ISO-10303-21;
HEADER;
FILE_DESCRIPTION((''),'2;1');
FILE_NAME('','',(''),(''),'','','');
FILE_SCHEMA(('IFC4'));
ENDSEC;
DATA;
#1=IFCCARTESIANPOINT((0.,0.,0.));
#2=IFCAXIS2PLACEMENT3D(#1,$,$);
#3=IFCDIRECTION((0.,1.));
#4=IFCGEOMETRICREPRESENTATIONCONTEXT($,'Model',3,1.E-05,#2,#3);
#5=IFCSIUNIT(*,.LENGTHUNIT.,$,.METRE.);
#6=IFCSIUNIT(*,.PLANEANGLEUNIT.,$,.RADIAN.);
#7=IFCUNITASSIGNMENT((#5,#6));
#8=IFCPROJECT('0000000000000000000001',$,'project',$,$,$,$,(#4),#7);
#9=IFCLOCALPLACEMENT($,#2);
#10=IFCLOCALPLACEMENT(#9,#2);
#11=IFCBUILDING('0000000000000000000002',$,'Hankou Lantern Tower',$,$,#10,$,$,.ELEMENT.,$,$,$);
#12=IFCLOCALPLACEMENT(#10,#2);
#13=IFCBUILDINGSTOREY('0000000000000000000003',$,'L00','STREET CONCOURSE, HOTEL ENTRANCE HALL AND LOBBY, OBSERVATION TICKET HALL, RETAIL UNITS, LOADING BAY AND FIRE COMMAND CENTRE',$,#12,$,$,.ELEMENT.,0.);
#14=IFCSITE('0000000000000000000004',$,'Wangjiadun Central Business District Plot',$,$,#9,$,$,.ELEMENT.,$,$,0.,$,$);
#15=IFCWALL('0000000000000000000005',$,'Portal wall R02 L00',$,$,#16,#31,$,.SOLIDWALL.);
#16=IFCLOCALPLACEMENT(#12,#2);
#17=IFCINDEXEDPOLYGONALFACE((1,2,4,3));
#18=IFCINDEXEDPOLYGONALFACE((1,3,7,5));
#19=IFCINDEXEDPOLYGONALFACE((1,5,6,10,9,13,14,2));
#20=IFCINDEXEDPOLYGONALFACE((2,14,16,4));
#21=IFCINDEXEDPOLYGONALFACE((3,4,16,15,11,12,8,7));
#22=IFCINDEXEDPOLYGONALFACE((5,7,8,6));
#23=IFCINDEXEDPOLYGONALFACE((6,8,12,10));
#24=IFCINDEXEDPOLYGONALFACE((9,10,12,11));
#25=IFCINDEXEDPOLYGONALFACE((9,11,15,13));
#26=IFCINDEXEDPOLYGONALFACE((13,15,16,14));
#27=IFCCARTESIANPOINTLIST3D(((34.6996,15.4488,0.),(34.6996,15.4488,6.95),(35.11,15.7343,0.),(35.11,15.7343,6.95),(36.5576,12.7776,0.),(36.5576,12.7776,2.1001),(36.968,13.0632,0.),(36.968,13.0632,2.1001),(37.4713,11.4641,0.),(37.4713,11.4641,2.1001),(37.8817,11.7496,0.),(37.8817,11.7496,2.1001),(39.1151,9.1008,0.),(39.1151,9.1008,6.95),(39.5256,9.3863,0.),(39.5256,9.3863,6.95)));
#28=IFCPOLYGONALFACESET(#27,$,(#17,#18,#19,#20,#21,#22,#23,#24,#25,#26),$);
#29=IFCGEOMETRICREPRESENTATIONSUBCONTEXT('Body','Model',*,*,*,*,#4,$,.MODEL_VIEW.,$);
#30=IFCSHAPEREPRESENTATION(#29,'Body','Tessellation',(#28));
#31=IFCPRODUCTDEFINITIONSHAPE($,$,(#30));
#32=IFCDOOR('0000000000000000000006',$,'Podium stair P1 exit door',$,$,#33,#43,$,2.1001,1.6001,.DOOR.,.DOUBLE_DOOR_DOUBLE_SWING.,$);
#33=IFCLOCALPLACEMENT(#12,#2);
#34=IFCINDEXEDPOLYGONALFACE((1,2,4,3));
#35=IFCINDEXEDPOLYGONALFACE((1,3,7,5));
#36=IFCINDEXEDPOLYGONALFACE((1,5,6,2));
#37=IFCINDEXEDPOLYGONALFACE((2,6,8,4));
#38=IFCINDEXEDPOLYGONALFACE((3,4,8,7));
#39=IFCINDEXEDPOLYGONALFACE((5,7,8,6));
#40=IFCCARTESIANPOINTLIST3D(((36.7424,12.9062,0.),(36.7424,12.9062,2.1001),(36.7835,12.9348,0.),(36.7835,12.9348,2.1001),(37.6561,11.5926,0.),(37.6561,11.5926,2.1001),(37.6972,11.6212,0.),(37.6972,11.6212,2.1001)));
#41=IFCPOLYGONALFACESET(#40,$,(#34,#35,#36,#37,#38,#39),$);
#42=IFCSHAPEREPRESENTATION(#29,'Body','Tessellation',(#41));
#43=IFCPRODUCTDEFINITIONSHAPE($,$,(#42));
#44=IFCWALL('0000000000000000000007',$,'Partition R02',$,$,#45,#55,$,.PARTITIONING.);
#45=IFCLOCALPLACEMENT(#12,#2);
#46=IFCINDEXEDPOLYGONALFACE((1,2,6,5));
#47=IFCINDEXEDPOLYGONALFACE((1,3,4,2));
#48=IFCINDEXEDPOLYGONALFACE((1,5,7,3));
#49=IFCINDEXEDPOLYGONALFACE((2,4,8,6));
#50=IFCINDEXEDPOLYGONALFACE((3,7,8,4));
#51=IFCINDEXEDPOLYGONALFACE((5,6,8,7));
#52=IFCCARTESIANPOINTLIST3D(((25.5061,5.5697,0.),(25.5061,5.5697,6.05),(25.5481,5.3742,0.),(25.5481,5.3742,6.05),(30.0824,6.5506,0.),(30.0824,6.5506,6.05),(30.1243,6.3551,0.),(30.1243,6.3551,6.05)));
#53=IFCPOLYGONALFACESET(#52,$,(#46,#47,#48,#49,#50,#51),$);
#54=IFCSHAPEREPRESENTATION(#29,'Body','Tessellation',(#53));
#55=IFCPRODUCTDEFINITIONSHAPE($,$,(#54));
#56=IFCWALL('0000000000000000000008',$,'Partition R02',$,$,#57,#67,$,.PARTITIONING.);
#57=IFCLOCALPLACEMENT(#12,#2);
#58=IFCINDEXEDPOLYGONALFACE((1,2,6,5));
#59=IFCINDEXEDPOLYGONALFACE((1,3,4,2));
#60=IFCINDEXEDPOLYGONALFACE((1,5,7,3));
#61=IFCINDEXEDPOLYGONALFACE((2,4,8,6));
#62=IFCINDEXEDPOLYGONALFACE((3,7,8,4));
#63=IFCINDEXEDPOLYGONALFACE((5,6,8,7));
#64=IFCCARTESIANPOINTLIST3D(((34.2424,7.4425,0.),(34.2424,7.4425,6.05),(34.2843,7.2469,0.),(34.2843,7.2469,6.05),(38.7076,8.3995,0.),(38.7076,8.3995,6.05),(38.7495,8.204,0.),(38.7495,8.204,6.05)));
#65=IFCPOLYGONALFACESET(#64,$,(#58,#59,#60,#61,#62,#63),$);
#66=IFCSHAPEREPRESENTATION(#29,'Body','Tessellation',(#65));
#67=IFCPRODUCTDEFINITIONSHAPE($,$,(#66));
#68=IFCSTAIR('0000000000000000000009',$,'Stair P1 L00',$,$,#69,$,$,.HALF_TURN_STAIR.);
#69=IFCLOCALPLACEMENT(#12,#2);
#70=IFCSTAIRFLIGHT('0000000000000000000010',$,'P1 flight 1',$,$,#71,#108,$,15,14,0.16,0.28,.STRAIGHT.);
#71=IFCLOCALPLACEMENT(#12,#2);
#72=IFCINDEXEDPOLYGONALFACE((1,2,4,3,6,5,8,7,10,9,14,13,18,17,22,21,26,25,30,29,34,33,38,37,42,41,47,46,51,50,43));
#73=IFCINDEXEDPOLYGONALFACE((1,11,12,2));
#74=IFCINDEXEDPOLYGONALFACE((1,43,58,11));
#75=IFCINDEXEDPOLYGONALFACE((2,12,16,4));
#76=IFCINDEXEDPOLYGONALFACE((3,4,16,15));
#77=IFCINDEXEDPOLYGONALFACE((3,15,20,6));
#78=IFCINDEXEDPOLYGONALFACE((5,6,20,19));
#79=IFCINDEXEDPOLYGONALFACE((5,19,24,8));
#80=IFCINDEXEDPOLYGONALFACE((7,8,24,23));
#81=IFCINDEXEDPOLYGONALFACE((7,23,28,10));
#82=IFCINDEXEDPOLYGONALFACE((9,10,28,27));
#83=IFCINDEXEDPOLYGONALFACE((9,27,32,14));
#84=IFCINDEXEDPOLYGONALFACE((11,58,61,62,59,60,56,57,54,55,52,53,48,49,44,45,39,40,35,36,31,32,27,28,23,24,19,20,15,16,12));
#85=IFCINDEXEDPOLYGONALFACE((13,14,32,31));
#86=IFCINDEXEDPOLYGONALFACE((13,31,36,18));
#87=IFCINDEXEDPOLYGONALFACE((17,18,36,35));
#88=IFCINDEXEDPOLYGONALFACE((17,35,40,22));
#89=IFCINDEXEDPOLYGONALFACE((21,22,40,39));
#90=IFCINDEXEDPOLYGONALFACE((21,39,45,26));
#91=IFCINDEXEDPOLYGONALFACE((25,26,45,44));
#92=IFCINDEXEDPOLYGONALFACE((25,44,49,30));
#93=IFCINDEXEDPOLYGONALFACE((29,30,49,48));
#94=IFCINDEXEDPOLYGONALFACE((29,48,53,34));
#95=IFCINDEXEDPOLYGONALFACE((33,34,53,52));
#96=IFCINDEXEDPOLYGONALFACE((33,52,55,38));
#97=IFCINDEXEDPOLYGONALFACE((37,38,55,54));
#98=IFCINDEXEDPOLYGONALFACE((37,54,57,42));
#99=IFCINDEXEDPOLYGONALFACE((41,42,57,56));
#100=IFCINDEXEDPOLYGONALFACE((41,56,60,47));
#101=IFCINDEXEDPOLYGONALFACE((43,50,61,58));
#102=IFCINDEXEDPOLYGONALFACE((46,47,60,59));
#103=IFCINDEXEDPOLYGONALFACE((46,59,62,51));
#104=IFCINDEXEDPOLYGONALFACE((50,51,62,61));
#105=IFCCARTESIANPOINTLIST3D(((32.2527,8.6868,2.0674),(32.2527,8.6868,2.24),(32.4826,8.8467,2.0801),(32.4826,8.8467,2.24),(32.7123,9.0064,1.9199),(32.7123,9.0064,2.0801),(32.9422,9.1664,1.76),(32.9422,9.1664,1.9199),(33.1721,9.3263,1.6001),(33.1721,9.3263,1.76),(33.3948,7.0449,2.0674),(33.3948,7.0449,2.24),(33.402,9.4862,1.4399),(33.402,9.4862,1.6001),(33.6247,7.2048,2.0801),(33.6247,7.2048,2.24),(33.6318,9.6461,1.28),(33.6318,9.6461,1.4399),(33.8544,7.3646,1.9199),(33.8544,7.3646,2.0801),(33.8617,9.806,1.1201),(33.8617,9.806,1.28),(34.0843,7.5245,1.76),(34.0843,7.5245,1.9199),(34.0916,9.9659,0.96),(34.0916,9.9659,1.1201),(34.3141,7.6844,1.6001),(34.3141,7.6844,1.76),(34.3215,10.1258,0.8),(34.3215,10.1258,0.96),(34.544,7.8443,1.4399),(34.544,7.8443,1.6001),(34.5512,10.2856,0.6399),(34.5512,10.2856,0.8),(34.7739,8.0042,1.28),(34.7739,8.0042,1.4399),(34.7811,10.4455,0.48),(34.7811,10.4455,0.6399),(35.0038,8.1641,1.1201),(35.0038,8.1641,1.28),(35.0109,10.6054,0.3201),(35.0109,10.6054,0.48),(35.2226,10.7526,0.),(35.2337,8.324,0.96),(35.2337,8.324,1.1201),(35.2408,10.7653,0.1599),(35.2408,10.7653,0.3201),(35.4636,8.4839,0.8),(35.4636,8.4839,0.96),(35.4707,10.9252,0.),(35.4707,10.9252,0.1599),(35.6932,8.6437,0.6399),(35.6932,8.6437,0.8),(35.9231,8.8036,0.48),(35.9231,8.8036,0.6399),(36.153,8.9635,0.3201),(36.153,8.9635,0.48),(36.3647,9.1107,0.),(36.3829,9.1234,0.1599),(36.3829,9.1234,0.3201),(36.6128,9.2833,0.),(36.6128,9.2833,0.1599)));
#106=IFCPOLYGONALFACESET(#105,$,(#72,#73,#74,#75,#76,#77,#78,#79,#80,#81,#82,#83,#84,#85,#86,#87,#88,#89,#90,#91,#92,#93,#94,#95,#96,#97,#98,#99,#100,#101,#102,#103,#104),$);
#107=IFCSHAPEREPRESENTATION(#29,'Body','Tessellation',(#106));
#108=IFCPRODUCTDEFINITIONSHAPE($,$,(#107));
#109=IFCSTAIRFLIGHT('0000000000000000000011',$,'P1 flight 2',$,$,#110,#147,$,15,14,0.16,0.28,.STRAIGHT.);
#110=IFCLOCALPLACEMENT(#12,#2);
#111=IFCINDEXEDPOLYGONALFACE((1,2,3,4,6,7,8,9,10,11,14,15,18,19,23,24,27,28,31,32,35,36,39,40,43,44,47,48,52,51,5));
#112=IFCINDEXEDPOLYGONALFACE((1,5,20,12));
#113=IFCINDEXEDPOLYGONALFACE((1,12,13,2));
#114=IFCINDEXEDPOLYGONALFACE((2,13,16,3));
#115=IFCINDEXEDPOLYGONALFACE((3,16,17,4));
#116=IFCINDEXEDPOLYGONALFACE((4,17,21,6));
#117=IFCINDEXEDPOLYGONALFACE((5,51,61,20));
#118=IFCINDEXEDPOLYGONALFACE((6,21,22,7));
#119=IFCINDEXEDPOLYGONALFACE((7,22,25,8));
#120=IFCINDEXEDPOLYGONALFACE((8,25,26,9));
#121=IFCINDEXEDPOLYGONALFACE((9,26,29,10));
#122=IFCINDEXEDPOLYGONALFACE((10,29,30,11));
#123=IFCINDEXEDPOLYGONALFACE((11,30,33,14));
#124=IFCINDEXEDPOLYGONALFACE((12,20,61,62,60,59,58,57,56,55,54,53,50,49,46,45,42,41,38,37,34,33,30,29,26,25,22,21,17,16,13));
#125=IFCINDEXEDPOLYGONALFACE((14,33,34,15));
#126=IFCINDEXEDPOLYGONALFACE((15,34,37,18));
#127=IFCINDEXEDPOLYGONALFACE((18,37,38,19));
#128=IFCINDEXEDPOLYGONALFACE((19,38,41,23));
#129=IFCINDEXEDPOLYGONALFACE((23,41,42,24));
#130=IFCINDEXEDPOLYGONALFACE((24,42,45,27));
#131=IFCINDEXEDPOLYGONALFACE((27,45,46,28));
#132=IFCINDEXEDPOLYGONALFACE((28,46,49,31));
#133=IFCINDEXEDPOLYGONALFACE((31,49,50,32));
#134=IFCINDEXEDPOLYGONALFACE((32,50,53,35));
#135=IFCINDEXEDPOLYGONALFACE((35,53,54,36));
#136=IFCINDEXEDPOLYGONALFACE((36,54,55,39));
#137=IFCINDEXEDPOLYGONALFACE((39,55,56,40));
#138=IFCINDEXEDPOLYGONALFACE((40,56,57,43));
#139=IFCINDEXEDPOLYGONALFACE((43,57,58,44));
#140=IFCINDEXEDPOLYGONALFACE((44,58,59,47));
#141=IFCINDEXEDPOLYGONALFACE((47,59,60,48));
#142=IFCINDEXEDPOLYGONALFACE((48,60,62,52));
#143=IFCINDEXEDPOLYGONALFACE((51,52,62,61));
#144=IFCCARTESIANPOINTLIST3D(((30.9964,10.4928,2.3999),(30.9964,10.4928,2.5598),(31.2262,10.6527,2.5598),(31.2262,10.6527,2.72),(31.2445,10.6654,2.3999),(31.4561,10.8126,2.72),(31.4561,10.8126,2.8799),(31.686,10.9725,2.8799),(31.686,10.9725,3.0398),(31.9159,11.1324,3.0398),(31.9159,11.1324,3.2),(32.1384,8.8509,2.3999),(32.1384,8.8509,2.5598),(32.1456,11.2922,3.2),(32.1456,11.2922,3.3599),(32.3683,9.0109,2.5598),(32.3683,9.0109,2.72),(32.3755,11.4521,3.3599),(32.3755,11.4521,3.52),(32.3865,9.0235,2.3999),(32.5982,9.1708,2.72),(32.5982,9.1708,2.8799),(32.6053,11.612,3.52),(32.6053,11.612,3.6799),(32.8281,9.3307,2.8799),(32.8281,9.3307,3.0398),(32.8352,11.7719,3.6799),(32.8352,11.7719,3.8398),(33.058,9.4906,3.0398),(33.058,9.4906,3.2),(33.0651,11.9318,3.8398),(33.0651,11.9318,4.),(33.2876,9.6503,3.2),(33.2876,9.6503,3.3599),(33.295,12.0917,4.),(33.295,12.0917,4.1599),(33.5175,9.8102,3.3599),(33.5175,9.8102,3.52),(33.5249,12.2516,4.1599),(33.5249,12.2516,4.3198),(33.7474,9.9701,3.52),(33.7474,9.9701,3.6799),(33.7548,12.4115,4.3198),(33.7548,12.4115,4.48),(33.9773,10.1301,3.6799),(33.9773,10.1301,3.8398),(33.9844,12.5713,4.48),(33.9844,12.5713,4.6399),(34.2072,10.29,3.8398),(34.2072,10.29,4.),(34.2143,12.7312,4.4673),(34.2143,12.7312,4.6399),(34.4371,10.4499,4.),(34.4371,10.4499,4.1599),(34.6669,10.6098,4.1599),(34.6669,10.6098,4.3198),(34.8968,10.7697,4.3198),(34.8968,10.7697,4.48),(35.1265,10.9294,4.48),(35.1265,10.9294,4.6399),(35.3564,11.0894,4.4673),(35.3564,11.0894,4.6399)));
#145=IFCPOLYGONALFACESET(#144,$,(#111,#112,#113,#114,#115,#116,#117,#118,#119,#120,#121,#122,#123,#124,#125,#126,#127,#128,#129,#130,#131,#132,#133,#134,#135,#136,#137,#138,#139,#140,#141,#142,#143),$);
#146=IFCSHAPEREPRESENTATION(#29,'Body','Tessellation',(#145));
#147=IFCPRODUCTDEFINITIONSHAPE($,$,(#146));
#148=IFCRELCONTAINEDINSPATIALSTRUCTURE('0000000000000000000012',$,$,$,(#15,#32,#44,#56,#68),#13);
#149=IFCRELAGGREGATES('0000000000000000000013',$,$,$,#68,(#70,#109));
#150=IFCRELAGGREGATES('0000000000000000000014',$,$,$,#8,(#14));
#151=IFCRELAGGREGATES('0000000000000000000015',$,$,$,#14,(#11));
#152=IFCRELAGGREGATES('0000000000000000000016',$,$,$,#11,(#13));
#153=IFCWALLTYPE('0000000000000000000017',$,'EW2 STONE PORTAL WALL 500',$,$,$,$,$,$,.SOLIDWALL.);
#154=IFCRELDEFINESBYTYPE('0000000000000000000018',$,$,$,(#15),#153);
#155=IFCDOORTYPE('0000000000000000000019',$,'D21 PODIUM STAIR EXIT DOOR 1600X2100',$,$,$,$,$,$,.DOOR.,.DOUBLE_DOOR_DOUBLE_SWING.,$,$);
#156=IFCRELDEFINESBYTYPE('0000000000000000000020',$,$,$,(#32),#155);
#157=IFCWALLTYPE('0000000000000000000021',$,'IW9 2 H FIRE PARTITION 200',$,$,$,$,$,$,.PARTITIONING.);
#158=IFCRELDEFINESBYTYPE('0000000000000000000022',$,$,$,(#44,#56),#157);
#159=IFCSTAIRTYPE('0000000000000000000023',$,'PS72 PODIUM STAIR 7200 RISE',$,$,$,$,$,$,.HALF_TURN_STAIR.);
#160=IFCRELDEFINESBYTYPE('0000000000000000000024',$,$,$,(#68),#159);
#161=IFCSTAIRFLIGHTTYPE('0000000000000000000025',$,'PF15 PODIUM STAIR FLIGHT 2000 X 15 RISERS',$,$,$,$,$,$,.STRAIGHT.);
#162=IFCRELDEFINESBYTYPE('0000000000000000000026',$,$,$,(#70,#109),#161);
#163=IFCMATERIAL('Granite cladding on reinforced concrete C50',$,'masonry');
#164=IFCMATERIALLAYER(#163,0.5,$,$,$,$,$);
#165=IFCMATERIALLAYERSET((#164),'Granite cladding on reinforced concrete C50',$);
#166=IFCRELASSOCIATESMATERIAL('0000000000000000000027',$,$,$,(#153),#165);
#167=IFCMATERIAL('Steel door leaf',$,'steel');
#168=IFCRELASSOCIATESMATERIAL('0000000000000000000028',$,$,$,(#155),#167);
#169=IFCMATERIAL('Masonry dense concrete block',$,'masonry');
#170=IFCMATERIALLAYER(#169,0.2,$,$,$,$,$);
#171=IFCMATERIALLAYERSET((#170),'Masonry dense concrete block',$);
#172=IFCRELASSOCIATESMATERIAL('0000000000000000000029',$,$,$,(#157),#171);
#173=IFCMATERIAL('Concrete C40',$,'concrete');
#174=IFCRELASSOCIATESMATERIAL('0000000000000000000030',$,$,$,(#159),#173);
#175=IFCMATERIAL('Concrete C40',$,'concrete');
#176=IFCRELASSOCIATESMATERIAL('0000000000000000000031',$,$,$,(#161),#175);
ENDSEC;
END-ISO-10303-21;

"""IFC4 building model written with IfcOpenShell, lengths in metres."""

from ifc_helpers import new_model, si_unit, direction, frame, frame_2d, origin, place, context, subcontext, project, spatial, polyline, rectangle, outline, extrude, material, layer, layer_set, type_object, element, fill, aggregate, save


model = new_model("IFC4")

# Units and contexts
model_context = context("Model", 3, precision=1e-05, world=origin(), true_north=direction((0.0, 1.0)))
body_context = subcontext(model_context, "Body", "Model", "MODEL_VIEW")
ifc_project = project(units=[si_unit("LENGTHUNIT", "METRE"), si_unit("PLANEANGLEUNIT", "RADIAN")], contexts=[model_context])

# Site, building, storey
site_placement = place(None, origin())
site = spatial("IfcSite", under=ifc_project, at=site_placement, Name="Wangjiadun Central Business District Plot", CompositionType="ELEMENT", RefElevation=0.0)
building_placement = place(site_placement, origin())
building = spatial("IfcBuilding", under=site, at=building_placement, Name="Hankou Lantern Tower", CompositionType="ELEMENT")
storey_placement = place(building_placement, origin())
storey = spatial("IfcBuildingStorey", under=building, at=storey_placement, Name="L00", Description="STREET CONCOURSE, HOTEL ENTRANCE HALL AND LOBBY, OBSERVATION TICKET HALL, RETAIL UNITS, LOADING BAY AND FIRE COMMAND CENTRE", CompositionType="ELEMENT", Elevation=0.0)

# Shared definitions
ifc_material_1 = material(Name="Granite cladding on reinforced concrete C50", Category="masonry")
ifc_layer_1 = layer(ifc_material_1, 0.5)
ifc_layer_set_1 = layer_set([ifc_layer_1], Name="Granite cladding on reinforced concrete C50")
wall_type_1 = type_object("IfcWallType", Name="EW2 STONE PORTAL WALL 500", PredefinedType="SOLIDWALL", material=ifc_layer_set_1)

# Wall, opening, door
wall_1_placement = place(storey_placement, frame((39.3203, 9.2437, 0.0), z_axis=(0.0, 0.0, 1.0), x_axis=(-0.571029, 0.82093, 0.0)))
wall_1 = element("IfcWall", 1, at=wall_1_placement, inside=storey, type_object=wall_type_1, Name="Portal wall R02 L00", PredefinedType="SOLIDWALL", context=body_context, shape_type="SweptSolid", body=[
    extrude(rectangle(XDim=7.7327, YDim=0.5, at=frame_2d((3.8662, 0.0))), origin(), (0.0, 0.0, 1.0), 6.95),
])
opening_1_placement = place(wall_1_placement, frame((2.8787, 0.0, 0.0)))
opening_1 = element("IfcOpeningElement", 2, at=opening_1_placement, cuts=wall_1, PredefinedType="OPENING", context=body_context, shape_type="SweptSolid", body=[
    extrude(rectangle(XDim=1.6001, YDim=2.1001, at=frame_2d((0.8, 1.05))), frame((0.0, 0.26, 0.0), z_axis=(0.0, -1.0, 0.0), x_axis=(1.0, 0.0, 0.0)), (0.0, 0.0, 1.0), 0.52),
])
ifc_material_2 = material(Name="Steel door leaf", Category="steel")
door_type_1 = type_object("IfcDoorType", Name="D21 PODIUM STAIR EXIT DOOR 1600X2100", OperationType="DOUBLE_DOOR_DOUBLE_SWING", PredefinedType="DOOR", material=ifc_material_2)
door_1_placement = place(opening_1_placement, origin())
door_1 = element("IfcDoor", 3, at=door_1_placement, inside=storey, type_object=door_type_1, Name="Podium stair P1 exit door", OperationType="DOUBLE_DOOR_DOUBLE_SWING", OverallHeight=2.1001, OverallWidth=1.6001, PredefinedType="DOOR", context=body_context, shape_type="SweptSolid", body=[
    extrude(rectangle(XDim=1.6001, YDim=2.1001, at=frame_2d((0.8, 1.05))), frame((0.0, 0.0249, 0.0), z_axis=(0.0, -1.0, 0.0), x_axis=(1.0, 0.0, 0.0)), (0.0, 0.0, 1.0), 0.05),
])
fill(opening_1, door_1)

# Walls
ifc_material_3 = material(Name="Masonry dense concrete block", Category="masonry")
ifc_layer_2 = layer(ifc_material_3, 0.2)
ifc_layer_set_2 = layer_set([ifc_layer_2], Name="Masonry dense concrete block")
wall_type_2 = type_object("IfcWallType", Name="IW9 2 H FIRE PARTITION 200", PredefinedType="PARTITIONING", material=ifc_layer_set_2)
wall_2_placement = place(storey_placement, frame((25.5271, 5.4719, 0.0), z_axis=(0.0, 0.0, 1.0), x_axis=(0.977787, 0.2096, 0.0)))
element("IfcWall", 4, at=wall_2_placement, inside=storey, type_object=wall_type_2, Name="Partition R02", PredefinedType="PARTITIONING", context=body_context, shape_type="SweptSolid", body=[
    extrude(rectangle(XDim=4.6802, YDim=0.2, at=frame_2d((2.3401, 0.0))), origin(), (0.0, 0.0, 1.0), 6.05),
])
wall_3_placement = place(storey_placement, frame((34.2634, 7.3447, 0.0), z_axis=(0.0, 0.0, 1.0), x_axis=(0.977795, 0.209566, 0.0)))
element("IfcWall", 5, at=wall_3_placement, inside=storey, type_object=wall_type_2, Name="Partition R02", PredefinedType="PARTITIONING", context=body_context, shape_type="SweptSolid", body=[
    extrude(rectangle(XDim=4.5667, YDim=0.2, at=frame_2d((2.2832, 0.0))), origin(), (0.0, 0.0, 1.0), 6.05),
])

# Stair, stair flights
ifc_material_4 = material(Name="Concrete C40", Category="concrete")
stair_type = type_object("IfcStairType", Name="PS72 PODIUM STAIR 7200 RISE", PredefinedType="HALF_TURN_STAIR", material=ifc_material_4)
stair_placement = place(storey_placement, origin())
stair = element("IfcStair", 6, at=stair_placement, inside=storey, type_object=stair_type, Name="Stair P1 L00", PredefinedType="HALF_TURN_STAIR")
ifc_material_5 = material(Name="Concrete C40", Category="concrete")
stair_flight_type = type_object("IfcStairFlightType", Name="PF15 PODIUM STAIR FLIGHT 2000 X 15 RISERS", PredefinedType="STRAIGHT", material=ifc_material_5)
stair_flight_1_placement = place(storey_placement, frame((36.0417, 10.1042, 0.0), z_axis=(0.0, 0.0, 1.0), x_axis=(-0.820927, -0.571033, 0.0)))
stair_flight_1 = element("IfcStairFlight", 7, at=stair_flight_1_placement, type_object=stair_flight_type, Name="P1 flight 1", NumberOfRisers=15, NumberOfTreads=14, PredefinedType="STRAIGHT", RiserHeight=0.16, TreadLength=0.28, context=body_context, shape_type="SweptSolid", body=[
    extrude(outline(polyline([(0.0, 0.0), (0.0, 0.1599), (0.28, 0.1599), (0.28, 0.3201), (0.5601, 0.3201), (0.5601, 0.48), (0.8401, 0.48), (0.8401, 0.6399), (1.1201, 0.6399), (1.1201, 0.8), (1.3999, 0.8), (1.3999, 0.96), (1.6799, 0.96), (1.6799, 1.1201), (1.96, 1.1201), (1.96, 1.28), (2.24, 1.28), (2.24, 1.4399), (2.52, 1.4399), (2.52, 1.6001), (2.8, 1.6001), (2.8, 1.76), (3.0801, 1.76), (3.0801, 1.9199), (3.3601, 1.9199), (3.3601, 2.0801), (3.6399, 2.0801), (3.6399, 2.24), (3.9199, 2.24), (3.9199, 2.3999), (3.9199, 2.0674), (0.3022, 0.0), (0.0, 0.0)])), frame((0.0, 1.0, 0.0), z_axis=(0.0, -1.0, 0.0), x_axis=(1.0, 0.0, 0.0)), (0.0, 0.0, 1.0), 2.0),
])
stair_flight_2_placement = place(storey_placement, frame((31.5674, 9.6719, 2.3999), z_axis=(0.0, 0.0, 1.0), x_axis=(0.820927, 0.571033, 0.0)))
stair_flight_2 = element("IfcStairFlight", 8, at=stair_flight_2_placement, type_object=stair_flight_type, Name="P1 flight 2", NumberOfRisers=15, NumberOfTreads=14, PredefinedType="STRAIGHT", RiserHeight=0.16, TreadLength=0.28, context=body_context, shape_type="SweptSolid", body=[
    extrude(outline(polyline([(0.0, 0.0), (0.0, 0.1599), (0.28, 0.1599), (0.28, 0.3201), (0.5601, 0.3201), (0.5601, 0.48), (0.8401, 0.48), (0.8401, 0.6399), (1.1201, 0.6399), (1.1201, 0.8), (1.3999, 0.8), (1.3999, 0.96), (1.6799, 0.96), (1.6799, 1.1201), (1.96, 1.1201), (1.96, 1.28), (2.24, 1.28), (2.24, 1.4399), (2.52, 1.4399), (2.52, 1.6001), (2.8, 1.6001), (2.8, 1.76), (3.0801, 1.76), (3.0801, 1.9199), (3.3601, 1.9199), (3.3601, 2.0801), (3.6399, 2.0801), (3.6399, 2.24), (3.9199, 2.24), (3.9199, 2.3999), (3.9199, 2.0674), (0.3022, 0.0), (0.0, 0.0)])), frame((0.0, 1.0, 0.0), z_axis=(0.0, -1.0, 0.0), x_axis=(1.0, 0.0, 0.0)), (0.0, 0.0, 1.0), 2.0),
])
aggregate(stair, [stair_flight_1, stair_flight_2])

save(model, "model.ifc")
